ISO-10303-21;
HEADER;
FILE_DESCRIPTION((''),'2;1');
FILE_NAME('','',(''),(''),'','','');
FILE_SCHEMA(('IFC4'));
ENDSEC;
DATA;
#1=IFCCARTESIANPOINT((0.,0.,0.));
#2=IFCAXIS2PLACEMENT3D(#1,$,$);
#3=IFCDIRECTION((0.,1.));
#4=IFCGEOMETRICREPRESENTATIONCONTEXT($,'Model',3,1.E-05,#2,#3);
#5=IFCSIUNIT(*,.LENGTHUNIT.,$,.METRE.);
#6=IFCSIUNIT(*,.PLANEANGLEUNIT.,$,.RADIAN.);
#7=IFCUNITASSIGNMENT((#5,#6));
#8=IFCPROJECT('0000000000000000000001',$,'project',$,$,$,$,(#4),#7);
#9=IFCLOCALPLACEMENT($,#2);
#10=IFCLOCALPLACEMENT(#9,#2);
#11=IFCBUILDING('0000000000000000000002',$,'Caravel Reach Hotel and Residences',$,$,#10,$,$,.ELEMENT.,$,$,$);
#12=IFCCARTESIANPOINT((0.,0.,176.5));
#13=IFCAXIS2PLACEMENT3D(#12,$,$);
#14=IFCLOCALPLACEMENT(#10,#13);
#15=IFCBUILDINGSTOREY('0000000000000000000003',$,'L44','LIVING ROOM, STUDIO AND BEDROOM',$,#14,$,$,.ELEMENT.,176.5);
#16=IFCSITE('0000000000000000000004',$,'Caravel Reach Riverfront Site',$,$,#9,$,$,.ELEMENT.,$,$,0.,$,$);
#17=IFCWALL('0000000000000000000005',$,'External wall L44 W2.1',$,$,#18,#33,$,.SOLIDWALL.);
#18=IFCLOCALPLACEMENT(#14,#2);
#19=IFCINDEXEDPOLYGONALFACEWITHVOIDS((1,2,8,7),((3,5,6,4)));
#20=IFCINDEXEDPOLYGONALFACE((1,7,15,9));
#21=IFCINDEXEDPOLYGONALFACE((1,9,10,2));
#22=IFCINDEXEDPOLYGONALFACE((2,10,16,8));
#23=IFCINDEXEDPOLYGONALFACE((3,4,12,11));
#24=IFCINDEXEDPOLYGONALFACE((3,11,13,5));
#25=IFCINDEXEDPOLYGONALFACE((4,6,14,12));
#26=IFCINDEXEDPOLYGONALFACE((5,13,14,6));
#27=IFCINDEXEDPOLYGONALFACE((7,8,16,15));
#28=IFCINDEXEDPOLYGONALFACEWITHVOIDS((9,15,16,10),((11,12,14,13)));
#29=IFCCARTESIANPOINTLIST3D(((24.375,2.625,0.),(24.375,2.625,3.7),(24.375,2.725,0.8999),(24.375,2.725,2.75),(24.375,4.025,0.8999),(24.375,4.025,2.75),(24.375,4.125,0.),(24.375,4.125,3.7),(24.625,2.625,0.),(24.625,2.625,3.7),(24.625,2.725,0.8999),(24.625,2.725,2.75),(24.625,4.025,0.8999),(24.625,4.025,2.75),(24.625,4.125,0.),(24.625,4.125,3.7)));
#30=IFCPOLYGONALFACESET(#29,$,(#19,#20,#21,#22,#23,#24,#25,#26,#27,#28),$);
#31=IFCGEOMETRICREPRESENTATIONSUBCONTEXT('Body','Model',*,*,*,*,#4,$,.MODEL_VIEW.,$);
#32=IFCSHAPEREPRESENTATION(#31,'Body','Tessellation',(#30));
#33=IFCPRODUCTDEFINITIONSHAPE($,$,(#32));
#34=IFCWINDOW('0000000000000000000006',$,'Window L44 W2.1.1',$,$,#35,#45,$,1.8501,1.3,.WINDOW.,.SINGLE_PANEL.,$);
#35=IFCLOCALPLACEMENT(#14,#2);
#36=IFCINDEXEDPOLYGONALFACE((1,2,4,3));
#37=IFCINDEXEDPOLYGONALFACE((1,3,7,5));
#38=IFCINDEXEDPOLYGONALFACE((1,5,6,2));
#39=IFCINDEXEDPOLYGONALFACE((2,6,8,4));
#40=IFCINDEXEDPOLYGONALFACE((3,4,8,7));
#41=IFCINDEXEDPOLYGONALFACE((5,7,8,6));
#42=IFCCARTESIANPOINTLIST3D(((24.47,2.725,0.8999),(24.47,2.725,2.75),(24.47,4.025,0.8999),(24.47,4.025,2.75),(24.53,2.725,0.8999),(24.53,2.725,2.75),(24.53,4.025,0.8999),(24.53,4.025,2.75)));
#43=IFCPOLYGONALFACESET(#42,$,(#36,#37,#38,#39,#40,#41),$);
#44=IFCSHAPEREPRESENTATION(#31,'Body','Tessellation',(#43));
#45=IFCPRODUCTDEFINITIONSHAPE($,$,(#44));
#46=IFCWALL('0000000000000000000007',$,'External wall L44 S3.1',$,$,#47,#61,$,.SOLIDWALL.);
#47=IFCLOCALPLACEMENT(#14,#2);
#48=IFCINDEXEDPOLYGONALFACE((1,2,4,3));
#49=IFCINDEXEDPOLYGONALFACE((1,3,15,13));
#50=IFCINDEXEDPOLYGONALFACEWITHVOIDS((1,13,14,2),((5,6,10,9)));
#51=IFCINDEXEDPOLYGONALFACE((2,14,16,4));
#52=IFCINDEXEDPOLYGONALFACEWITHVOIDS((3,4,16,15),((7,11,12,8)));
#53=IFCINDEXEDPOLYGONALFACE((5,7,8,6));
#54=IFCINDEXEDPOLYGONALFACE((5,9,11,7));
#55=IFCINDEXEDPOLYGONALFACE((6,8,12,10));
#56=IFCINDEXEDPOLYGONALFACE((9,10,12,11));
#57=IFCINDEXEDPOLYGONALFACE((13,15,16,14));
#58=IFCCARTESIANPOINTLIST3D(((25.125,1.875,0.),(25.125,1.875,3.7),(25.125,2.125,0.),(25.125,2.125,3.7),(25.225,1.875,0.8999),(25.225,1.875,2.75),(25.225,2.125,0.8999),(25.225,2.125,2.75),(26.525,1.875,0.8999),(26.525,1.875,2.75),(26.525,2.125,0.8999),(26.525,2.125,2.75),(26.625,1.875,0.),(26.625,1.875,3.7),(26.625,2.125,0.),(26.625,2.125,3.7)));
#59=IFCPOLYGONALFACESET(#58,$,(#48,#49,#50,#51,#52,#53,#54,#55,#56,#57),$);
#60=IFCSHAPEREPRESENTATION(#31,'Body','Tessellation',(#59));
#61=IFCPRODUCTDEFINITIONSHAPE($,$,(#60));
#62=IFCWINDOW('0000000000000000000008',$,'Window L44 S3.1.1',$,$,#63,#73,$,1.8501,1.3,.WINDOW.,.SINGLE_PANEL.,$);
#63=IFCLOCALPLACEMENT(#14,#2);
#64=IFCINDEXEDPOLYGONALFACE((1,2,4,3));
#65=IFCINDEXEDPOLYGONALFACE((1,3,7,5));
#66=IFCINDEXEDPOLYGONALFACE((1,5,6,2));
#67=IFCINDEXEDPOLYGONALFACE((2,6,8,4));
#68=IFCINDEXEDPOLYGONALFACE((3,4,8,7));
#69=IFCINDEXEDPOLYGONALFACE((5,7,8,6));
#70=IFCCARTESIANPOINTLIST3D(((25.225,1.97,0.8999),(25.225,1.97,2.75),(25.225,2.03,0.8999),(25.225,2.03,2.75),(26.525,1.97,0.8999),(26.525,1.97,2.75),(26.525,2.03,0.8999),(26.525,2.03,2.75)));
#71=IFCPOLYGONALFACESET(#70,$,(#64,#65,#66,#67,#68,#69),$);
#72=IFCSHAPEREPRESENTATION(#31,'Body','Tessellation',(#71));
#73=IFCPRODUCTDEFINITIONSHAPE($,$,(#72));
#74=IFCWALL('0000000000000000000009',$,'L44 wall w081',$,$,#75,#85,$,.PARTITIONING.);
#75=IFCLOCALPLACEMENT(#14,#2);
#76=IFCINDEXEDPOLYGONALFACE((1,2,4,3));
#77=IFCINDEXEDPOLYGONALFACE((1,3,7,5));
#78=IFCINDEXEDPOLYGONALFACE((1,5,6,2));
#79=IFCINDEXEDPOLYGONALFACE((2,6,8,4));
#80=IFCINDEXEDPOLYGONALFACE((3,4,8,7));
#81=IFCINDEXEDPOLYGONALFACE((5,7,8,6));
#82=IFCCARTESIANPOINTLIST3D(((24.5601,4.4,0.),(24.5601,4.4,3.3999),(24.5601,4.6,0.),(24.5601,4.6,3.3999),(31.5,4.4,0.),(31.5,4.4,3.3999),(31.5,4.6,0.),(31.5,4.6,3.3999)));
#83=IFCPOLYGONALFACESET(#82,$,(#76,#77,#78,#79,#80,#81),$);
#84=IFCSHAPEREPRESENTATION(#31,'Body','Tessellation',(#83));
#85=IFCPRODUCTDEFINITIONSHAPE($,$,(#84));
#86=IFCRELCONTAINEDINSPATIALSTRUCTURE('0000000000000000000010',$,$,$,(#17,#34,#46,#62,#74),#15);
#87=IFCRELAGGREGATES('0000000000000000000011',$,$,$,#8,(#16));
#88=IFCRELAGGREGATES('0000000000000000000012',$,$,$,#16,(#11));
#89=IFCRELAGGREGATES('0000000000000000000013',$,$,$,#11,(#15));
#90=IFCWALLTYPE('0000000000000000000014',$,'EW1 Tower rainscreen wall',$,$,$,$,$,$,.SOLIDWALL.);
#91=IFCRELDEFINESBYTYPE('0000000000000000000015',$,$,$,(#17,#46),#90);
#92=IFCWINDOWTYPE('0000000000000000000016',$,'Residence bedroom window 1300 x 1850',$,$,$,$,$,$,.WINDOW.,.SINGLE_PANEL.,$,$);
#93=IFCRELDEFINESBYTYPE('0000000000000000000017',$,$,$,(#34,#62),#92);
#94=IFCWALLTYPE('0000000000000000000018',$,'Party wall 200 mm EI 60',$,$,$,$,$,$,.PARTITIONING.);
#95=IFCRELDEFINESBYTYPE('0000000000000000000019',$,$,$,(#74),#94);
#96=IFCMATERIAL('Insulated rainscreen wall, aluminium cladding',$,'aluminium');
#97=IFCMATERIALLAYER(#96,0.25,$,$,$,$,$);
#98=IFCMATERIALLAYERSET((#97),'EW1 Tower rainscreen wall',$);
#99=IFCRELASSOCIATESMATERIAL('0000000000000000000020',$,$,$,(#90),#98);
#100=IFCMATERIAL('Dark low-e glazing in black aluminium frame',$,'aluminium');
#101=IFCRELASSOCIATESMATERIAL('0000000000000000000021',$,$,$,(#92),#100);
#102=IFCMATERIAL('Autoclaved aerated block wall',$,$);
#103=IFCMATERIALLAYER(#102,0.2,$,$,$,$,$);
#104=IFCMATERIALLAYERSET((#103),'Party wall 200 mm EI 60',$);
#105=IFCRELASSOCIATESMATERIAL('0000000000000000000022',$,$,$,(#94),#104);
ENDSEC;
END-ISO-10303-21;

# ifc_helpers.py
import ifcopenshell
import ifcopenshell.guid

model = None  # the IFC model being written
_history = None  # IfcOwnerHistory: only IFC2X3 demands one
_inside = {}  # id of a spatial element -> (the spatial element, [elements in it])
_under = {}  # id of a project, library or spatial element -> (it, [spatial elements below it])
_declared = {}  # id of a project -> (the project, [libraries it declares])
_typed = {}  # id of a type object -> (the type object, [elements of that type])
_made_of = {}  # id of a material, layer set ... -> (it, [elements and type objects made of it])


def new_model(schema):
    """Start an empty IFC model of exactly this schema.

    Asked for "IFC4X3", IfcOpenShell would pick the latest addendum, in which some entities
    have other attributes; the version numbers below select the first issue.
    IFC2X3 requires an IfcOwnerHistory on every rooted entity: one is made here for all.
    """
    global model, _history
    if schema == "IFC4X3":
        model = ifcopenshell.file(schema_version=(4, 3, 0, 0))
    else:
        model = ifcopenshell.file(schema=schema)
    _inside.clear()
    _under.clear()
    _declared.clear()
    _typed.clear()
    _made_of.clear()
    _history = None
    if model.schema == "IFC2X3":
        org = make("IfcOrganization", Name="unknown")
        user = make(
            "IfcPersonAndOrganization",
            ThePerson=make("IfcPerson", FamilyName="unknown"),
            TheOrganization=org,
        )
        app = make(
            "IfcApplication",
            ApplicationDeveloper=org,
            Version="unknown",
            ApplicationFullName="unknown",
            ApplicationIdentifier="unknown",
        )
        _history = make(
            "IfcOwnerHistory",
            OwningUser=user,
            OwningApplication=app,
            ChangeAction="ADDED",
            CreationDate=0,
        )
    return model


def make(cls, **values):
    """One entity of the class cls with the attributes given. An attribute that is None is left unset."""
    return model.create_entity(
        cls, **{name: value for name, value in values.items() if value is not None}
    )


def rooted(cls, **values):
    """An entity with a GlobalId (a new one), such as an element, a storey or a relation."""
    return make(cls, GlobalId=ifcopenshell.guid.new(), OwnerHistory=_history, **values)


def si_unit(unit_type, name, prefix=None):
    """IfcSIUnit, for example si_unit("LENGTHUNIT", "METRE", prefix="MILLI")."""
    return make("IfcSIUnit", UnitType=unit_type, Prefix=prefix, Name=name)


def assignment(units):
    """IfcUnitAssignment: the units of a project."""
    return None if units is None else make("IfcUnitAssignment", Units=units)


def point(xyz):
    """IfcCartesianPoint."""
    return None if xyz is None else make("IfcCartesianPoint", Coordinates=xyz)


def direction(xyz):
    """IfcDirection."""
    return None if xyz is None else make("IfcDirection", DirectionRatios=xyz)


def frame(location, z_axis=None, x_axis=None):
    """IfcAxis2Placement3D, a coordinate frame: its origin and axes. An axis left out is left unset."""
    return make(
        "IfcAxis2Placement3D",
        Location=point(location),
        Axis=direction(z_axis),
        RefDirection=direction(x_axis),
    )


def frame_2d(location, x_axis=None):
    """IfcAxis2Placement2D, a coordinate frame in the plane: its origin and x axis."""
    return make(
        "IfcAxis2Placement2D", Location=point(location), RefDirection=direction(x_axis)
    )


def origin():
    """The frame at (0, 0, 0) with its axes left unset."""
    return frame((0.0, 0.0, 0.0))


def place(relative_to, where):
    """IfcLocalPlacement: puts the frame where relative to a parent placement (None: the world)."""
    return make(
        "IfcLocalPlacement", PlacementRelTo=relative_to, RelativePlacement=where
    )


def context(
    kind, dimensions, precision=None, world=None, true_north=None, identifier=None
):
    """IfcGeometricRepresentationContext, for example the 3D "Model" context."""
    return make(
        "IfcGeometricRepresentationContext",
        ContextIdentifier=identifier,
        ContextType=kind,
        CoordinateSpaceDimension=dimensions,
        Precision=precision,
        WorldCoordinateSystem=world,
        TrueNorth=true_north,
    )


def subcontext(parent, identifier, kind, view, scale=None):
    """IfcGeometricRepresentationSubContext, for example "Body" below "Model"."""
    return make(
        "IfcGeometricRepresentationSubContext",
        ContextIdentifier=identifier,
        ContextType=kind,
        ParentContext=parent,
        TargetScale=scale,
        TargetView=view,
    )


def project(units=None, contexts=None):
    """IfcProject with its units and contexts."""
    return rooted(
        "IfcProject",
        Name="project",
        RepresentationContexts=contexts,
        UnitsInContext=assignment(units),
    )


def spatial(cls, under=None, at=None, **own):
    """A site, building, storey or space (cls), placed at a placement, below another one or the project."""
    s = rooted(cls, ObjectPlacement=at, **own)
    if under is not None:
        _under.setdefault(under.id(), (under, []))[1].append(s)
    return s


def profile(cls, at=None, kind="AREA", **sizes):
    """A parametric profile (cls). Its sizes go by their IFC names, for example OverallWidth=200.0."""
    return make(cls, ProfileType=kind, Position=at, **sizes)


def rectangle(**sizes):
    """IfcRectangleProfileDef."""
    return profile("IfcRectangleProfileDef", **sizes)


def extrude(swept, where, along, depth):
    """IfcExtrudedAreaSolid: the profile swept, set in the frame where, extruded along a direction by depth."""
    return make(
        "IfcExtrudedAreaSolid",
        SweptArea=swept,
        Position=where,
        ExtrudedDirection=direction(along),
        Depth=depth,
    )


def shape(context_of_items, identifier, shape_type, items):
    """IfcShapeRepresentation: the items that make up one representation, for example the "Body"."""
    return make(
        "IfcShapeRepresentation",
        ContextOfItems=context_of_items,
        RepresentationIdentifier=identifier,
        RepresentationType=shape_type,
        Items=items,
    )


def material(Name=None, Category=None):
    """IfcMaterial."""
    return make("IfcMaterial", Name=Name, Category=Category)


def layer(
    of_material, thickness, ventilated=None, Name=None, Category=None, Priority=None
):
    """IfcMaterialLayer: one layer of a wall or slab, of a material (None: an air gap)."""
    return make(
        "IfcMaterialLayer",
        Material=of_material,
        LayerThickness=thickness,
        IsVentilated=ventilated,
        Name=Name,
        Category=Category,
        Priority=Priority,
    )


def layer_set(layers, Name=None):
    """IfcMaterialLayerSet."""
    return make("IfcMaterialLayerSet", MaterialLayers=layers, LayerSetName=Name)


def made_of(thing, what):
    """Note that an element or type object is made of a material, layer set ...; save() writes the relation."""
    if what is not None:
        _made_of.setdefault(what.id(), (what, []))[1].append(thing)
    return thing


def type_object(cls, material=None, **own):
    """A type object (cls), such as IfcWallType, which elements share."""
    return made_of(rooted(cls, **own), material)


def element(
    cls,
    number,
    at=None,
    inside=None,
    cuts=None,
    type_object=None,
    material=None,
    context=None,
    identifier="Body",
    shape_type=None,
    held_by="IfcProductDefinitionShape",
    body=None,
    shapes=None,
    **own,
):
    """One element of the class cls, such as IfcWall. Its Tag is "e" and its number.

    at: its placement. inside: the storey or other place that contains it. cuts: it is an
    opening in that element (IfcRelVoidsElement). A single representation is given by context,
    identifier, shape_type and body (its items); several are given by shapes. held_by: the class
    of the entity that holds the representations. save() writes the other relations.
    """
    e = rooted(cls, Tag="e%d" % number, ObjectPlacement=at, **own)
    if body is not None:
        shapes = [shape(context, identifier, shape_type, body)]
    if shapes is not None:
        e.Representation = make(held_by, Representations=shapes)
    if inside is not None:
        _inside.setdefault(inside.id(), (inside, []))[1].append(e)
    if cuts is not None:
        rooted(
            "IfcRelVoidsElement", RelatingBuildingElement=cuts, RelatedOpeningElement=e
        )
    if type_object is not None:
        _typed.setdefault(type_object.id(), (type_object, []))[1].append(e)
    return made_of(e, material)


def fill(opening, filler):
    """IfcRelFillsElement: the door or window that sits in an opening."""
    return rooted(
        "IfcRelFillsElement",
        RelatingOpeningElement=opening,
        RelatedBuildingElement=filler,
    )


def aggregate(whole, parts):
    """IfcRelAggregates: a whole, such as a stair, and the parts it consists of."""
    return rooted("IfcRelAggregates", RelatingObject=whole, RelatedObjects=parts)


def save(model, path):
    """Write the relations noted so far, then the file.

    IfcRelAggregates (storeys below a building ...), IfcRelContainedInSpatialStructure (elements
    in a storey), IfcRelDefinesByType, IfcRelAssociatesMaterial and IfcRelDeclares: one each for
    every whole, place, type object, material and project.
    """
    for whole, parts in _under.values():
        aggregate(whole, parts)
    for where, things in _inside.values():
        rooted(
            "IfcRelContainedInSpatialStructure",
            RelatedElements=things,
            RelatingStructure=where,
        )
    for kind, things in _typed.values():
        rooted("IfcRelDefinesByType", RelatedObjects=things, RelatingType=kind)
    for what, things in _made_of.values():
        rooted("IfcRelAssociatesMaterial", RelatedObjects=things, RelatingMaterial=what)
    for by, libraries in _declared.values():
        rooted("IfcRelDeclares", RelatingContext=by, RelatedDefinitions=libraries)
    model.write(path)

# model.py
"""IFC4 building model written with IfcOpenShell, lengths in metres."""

from ifc_helpers import new_model, si_unit, direction, frame, frame_2d, origin, place, context, subcontext, project, spatial, rectangle, extrude, material, layer, layer_set, type_object, element, fill, save


model = new_model("IFC4")

# Units and contexts
model_context = context("Model", 3, precision=1e-05, world=origin(), true_north=direction((0.0, 1.0)))
body_context = subcontext(model_context, "Body", "Model", "MODEL_VIEW")
ifc_project = project(units=[si_unit("LENGTHUNIT", "METRE"), si_unit("PLANEANGLEUNIT", "RADIAN")], contexts=[model_context])

# Site, building, storey
site_placement = place(None, origin())
site = spatial("IfcSite", under=ifc_project, at=site_placement, Name="Caravel Reach Riverfront Site", CompositionType="ELEMENT", RefElevation=0.0)
building_placement = place(site_placement, origin())
building = spatial("IfcBuilding", under=site, at=building_placement, Name="Caravel Reach Hotel and Residences", CompositionType="ELEMENT")
storey_placement = place(building_placement, frame((0.0, 0.0, 176.5)))
storey = spatial("IfcBuildingStorey", under=building, at=storey_placement, Name="L44", Description="LIVING ROOM, STUDIO AND BEDROOM", CompositionType="ELEMENT", Elevation=176.5)

# Walls, openings, windows
ifc_material_1 = material(Name="Insulated rainscreen wall, aluminium cladding", Category="aluminium")
ifc_layer_1 = layer(ifc_material_1, 0.25)
ifc_layer_set_1 = layer_set([ifc_layer_1], Name="EW1 Tower rainscreen wall")
wall_type_1 = type_object("IfcWallType", Name="EW1 Tower rainscreen wall", PredefinedType="SOLIDWALL", material=ifc_layer_set_1)
ifc_material_2 = material(Name="Dark low-e glazing in black aluminium frame", Category="aluminium")
window_type = type_object("IfcWindowType", Name="Residence bedroom window 1300 x 1850", PartitioningType="SINGLE_PANEL", PredefinedType="WINDOW", material=ifc_material_2)
wall_1_placement = place(storey_placement, frame((24.5, 4.125, 0.0), z_axis=(0.0, 0.0, 1.0), x_axis=(0.0, -1.0, 0.0)))
wall_1 = element("IfcWall", 1, at=wall_1_placement, inside=storey, type_object=wall_type_1, Name="External wall L44 W2.1", PredefinedType="SOLIDWALL", context=body_context, shape_type="SweptSolid", body=[
    extrude(rectangle(XDim=1.5, YDim=0.25, at=frame_2d((0.75, 0.0))), origin(), (0.0, 0.0, 1.0), 3.7),
])
opening_1_placement = place(wall_1_placement, frame((0.1001, 0.0, 0.8999)))
opening_1 = element("IfcOpeningElement", 2, at=opening_1_placement, cuts=wall_1, PredefinedType="OPENING", context=body_context, shape_type="SweptSolid", body=[
    extrude(rectangle(XDim=1.3, YDim=1.8501, at=frame_2d((0.6499, 0.925))), frame((0.0, 0.135, 0.0), z_axis=(0.0, -1.0, 0.0), x_axis=(1.0, 0.0, 0.0)), (0.0, 0.0, 1.0), 0.27),
])
window_1_placement = place(opening_1_placement, origin())
window_1 = element("IfcWindow", 3, at=window_1_placement, inside=storey, type_object=window_type, Name="Window L44 W2.1.1", OverallHeight=1.8501, OverallWidth=1.3, PartitioningType="SINGLE_PANEL", PredefinedType="WINDOW", context=body_context, shape_type="SweptSolid", body=[
    extrude(rectangle(XDim=1.3, YDim=1.8501, at=frame_2d((0.6499, 0.925))), frame((0.0, 0.03, 0.0), z_axis=(0.0, -1.0, 0.0), x_axis=(1.0, 0.0, 0.0)), (0.0, 0.0, 1.0), 0.0601),
])
fill(opening_1, window_1)
wall_2_placement = place(storey_placement, frame((25.125, 2.0, 0.0), z_axis=(0.0, 0.0, 1.0), x_axis=(1.0, 0.0, 0.0)))
wall_2 = element("IfcWall", 4, at=wall_2_placement, inside=storey, type_object=wall_type_1, Name="External wall L44 S3.1", PredefinedType="SOLIDWALL", context=body_context, shape_type="SweptSolid", body=[
    extrude(rectangle(XDim=1.5, YDim=0.25, at=frame_2d((0.75, 0.0))), origin(), (0.0, 0.0, 1.0), 3.7),
])
opening_2_placement = place(wall_2_placement, frame((0.1001, 0.0, 0.8999)))
opening_2 = element("IfcOpeningElement", 5, at=opening_2_placement, cuts=wall_2, PredefinedType="OPENING", context=body_context, shape_type="SweptSolid", body=[
    extrude(rectangle(XDim=1.3, YDim=1.8501, at=frame_2d((0.6499, 0.925))), frame((0.0, 0.135, 0.0), z_axis=(0.0, -1.0, 0.0), x_axis=(1.0, 0.0, 0.0)), (0.0, 0.0, 1.0), 0.27),
])
window_2_placement = place(opening_2_placement, origin())
window_2 = element("IfcWindow", 6, at=window_2_placement, inside=storey, type_object=window_type, Name="Window L44 S3.1.1", OverallHeight=1.8501, OverallWidth=1.3, PartitioningType="SINGLE_PANEL", PredefinedType="WINDOW", context=body_context, shape_type="SweptSolid", body=[
    extrude(rectangle(XDim=1.3, YDim=1.8501, at=frame_2d((0.6499, 0.925))), frame((0.0, 0.03, 0.0), z_axis=(0.0, -1.0, 0.0), x_axis=(1.0, 0.0, 0.0)), (0.0, 0.0, 1.0), 0.0601),
])
fill(opening_2, window_2)

# Wall
ifc_material_3 = material(Name="Autoclaved aerated block wall")
ifc_layer_2 = layer(ifc_material_3, 0.2)
ifc_layer_set_2 = layer_set([ifc_layer_2], Name="Party wall 200 mm EI 60")
wall_type_2 = type_object("IfcWallType", Name="Party wall 200 mm EI 60", PredefinedType="PARTITIONING", material=ifc_layer_set_2)
wall_3_placement = place(storey_placement, frame((24.5601, 4.5, 0.0), z_axis=(0.0, 0.0, 1.0), x_axis=(1.0, 0.0, 0.0)))
element("IfcWall", 7, at=wall_3_placement, inside=storey, type_object=wall_type_2, Name="L44 wall w081", PredefinedType="PARTITIONING", context=body_context, shape_type="SweptSolid", body=[
    extrude(rectangle(XDim=6.9399, YDim=0.2, at=frame_2d((3.47, 0.0))), origin(), (0.0, 0.0, 1.0), 3.3999),
])

save(model, "model.ifc")
